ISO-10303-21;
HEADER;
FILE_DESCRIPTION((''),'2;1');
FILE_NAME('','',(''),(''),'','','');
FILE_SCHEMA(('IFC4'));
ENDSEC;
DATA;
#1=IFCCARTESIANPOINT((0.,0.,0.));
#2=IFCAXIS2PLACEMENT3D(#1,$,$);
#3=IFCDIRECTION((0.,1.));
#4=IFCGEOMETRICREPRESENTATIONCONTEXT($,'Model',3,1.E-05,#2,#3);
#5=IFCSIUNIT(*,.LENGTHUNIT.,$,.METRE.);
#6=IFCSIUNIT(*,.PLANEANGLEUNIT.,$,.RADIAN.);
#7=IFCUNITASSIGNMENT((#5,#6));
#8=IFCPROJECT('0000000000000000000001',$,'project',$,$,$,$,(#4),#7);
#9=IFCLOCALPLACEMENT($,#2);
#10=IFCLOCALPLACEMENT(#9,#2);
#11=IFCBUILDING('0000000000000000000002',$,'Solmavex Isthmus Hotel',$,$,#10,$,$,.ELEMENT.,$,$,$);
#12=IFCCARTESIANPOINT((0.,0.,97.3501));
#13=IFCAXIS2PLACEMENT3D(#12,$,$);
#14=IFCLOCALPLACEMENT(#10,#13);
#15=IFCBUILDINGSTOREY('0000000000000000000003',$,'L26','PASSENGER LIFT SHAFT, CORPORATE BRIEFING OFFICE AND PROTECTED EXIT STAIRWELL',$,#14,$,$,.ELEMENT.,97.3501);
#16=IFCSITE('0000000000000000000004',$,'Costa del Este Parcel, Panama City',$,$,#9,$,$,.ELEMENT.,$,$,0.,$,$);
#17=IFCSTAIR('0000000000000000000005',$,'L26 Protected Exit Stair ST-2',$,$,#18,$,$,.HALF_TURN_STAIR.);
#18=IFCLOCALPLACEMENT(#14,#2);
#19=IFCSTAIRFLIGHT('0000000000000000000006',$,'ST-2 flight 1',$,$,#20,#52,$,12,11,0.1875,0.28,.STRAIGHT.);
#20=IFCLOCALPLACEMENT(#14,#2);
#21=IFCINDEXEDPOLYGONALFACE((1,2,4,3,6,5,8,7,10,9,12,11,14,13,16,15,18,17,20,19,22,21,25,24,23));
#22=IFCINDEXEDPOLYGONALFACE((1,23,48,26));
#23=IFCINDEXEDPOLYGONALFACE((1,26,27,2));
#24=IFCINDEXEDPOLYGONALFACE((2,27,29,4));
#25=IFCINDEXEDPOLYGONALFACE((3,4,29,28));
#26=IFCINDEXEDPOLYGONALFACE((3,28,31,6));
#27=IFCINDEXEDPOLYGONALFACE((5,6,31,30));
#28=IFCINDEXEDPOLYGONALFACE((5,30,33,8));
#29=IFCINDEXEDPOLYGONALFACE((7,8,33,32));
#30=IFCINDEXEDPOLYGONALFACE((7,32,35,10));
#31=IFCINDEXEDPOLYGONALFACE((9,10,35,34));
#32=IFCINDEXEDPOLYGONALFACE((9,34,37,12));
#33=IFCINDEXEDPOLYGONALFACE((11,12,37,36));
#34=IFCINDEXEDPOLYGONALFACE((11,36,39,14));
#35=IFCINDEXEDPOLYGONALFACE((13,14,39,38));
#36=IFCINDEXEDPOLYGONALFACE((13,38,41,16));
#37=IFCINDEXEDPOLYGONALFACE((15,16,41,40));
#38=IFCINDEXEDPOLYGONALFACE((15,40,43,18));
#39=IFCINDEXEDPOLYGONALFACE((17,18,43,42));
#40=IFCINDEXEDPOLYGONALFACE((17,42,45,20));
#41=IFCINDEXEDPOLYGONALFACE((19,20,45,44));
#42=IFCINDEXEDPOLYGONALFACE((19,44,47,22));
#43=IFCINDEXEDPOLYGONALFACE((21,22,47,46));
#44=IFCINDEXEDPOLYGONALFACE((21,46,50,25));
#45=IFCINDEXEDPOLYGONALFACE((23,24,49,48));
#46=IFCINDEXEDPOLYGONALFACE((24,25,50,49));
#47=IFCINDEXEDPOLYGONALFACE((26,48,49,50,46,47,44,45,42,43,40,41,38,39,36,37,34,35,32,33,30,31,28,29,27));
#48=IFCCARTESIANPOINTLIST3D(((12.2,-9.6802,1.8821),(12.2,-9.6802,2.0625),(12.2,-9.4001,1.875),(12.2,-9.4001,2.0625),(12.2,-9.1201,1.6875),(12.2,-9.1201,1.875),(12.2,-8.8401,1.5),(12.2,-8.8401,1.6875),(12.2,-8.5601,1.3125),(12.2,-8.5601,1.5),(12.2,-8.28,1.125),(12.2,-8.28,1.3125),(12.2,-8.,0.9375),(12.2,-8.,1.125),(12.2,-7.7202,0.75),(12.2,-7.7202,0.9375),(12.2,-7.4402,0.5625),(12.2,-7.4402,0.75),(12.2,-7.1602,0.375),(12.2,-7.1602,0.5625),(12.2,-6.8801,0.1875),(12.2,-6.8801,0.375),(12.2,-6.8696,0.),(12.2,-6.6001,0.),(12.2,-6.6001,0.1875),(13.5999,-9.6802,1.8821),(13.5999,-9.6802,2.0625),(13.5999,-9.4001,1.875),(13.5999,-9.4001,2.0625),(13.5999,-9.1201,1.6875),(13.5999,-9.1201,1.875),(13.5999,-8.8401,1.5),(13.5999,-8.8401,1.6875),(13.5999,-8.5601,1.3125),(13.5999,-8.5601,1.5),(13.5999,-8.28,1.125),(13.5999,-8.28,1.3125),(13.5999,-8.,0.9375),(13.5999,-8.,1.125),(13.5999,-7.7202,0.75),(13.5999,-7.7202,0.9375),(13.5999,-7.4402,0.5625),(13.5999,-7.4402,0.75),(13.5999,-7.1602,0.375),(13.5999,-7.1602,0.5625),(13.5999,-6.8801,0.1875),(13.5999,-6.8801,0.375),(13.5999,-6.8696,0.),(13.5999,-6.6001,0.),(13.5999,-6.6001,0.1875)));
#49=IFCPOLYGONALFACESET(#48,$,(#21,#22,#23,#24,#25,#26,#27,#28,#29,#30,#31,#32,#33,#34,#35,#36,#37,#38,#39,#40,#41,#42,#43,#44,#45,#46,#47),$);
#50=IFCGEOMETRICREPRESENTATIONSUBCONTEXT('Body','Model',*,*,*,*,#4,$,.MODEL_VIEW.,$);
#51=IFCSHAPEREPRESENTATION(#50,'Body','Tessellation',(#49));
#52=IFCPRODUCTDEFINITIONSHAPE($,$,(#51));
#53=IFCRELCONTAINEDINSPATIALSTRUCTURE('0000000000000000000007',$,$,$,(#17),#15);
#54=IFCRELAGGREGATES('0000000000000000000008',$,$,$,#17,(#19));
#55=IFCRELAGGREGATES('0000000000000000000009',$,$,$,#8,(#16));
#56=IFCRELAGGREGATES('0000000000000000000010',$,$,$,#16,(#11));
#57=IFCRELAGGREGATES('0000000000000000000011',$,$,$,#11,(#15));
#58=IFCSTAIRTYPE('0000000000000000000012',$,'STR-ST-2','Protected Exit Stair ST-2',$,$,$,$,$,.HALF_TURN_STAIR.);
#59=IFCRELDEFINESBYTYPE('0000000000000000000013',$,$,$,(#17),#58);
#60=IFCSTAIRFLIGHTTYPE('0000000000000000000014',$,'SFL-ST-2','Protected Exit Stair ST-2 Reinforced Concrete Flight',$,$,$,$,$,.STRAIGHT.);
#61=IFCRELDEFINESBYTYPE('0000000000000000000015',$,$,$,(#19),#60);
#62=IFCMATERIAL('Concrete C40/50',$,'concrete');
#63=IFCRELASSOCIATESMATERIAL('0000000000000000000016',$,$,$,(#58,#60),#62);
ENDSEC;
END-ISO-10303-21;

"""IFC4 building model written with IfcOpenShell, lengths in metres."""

from ifc_helpers import new_model, si_unit, direction, frame, origin, place, context, subcontext, project, spatial, polyline, outline, extrude, material, type_object, element, aggregate, save


model = new_model("IFC4")

# Units and contexts
model_context = context("Model", 3, precision=1e-05, world=origin(), true_north=direction((0.0, 1.0)))
body_context = subcontext(model_context, "Body", "Model", "MODEL_VIEW")
ifc_project = project(units=[si_unit("LENGTHUNIT", "METRE"), si_unit("PLANEANGLEUNIT", "RADIAN")], contexts=[model_context])

# Site, building, storey
site_placement = place(None, origin())
site = spatial("IfcSite", under=ifc_project, at=site_placement, Name="Costa del Este Parcel, Panama City", CompositionType="ELEMENT", RefElevation=0.0)
building_placement = place(site_placement, origin())
building = spatial("IfcBuilding", under=site, at=building_placement, Name="Solmavex Isthmus Hotel", CompositionType="ELEMENT")
storey_placement = place(building_placement, frame((0.0, 0.0, 97.3501)))
storey = spatial("IfcBuildingStorey", under=building, at=storey_placement, Name="L26", Description="PASSENGER LIFT SHAFT, CORPORATE BRIEFING OFFICE AND PROTECTED EXIT STAIRWELL", CompositionType="ELEMENT", Elevation=97.3501)

# Shared definitions
ifc_material_1 = material(Name="Concrete C40/50", Category="concrete")

# Stair, stair flight
stair_type = type_object("IfcStairType", Name="STR-ST-2", Description="Protected Exit Stair ST-2", PredefinedType="HALF_TURN_STAIR", material=ifc_material_1)
stair_placement = place(storey_placement, origin())
stair = element("IfcStair", 1, at=stair_placement, inside=storey, type_object=stair_type, Name="L26 Protected Exit Stair ST-2", PredefinedType="HALF_TURN_STAIR")
stair_flight_type = type_object("IfcStairFlightType", Name="SFL-ST-2", Description="Protected Exit Stair ST-2 Reinforced Concrete Flight", PredefinedType="STRAIGHT", material=ifc_material_1)
stair_flight_placement = place(storey_placement, frame((12.8999, -6.6001, 0.0), z_axis=(0.0, 0.0, 1.0), x_axis=(0.0, -1.0, 0.0)))
stair_flight = element("IfcStairFlight", 2, at=stair_flight_placement, type_object=stair_flight_type, Name="ST-2 flight 1", NumberOfRisers=12, NumberOfTreads=11, PredefinedType="STRAIGHT", RiserHeight=0.1875, TreadLength=0.28, context=body_context, shape_type="SweptSolid", body=[
    extrude(outline(polyline([(0.0, 0.0), (0.0, 0.1875), (0.28, 0.1875), (0.28, 0.375), (0.5601, 0.375), (0.5601, 0.5625), (0.8401, 0.5625), (0.8401, 0.75), (1.1201, 0.75), (1.1201, 0.9375), (1.3999, 0.9375), (1.3999, 1.125), (1.6799, 1.125), (1.6799, 1.3125), (1.96, 1.3125), (1.96, 1.5), (2.24, 1.5), (2.24, 1.6875), (2.52, 1.6875), (2.52, 1.875), (2.8, 1.875), (2.8, 2.0625), (3.0801, 2.0625), (3.0801, 2.25), (3.0801, 1.8821), (0.2695, 0.0), (0.0, 0.0)])), frame((0.0, 0.7, 0.0), z_axis=(0.0, -1.0, 0.0), x_axis=(1.0, 0.0, 0.0)), (0.0, 0.0, 1.0), 1.3999),
])
aggregate(stair, [stair_flight])

save(model, "model.ifc")
